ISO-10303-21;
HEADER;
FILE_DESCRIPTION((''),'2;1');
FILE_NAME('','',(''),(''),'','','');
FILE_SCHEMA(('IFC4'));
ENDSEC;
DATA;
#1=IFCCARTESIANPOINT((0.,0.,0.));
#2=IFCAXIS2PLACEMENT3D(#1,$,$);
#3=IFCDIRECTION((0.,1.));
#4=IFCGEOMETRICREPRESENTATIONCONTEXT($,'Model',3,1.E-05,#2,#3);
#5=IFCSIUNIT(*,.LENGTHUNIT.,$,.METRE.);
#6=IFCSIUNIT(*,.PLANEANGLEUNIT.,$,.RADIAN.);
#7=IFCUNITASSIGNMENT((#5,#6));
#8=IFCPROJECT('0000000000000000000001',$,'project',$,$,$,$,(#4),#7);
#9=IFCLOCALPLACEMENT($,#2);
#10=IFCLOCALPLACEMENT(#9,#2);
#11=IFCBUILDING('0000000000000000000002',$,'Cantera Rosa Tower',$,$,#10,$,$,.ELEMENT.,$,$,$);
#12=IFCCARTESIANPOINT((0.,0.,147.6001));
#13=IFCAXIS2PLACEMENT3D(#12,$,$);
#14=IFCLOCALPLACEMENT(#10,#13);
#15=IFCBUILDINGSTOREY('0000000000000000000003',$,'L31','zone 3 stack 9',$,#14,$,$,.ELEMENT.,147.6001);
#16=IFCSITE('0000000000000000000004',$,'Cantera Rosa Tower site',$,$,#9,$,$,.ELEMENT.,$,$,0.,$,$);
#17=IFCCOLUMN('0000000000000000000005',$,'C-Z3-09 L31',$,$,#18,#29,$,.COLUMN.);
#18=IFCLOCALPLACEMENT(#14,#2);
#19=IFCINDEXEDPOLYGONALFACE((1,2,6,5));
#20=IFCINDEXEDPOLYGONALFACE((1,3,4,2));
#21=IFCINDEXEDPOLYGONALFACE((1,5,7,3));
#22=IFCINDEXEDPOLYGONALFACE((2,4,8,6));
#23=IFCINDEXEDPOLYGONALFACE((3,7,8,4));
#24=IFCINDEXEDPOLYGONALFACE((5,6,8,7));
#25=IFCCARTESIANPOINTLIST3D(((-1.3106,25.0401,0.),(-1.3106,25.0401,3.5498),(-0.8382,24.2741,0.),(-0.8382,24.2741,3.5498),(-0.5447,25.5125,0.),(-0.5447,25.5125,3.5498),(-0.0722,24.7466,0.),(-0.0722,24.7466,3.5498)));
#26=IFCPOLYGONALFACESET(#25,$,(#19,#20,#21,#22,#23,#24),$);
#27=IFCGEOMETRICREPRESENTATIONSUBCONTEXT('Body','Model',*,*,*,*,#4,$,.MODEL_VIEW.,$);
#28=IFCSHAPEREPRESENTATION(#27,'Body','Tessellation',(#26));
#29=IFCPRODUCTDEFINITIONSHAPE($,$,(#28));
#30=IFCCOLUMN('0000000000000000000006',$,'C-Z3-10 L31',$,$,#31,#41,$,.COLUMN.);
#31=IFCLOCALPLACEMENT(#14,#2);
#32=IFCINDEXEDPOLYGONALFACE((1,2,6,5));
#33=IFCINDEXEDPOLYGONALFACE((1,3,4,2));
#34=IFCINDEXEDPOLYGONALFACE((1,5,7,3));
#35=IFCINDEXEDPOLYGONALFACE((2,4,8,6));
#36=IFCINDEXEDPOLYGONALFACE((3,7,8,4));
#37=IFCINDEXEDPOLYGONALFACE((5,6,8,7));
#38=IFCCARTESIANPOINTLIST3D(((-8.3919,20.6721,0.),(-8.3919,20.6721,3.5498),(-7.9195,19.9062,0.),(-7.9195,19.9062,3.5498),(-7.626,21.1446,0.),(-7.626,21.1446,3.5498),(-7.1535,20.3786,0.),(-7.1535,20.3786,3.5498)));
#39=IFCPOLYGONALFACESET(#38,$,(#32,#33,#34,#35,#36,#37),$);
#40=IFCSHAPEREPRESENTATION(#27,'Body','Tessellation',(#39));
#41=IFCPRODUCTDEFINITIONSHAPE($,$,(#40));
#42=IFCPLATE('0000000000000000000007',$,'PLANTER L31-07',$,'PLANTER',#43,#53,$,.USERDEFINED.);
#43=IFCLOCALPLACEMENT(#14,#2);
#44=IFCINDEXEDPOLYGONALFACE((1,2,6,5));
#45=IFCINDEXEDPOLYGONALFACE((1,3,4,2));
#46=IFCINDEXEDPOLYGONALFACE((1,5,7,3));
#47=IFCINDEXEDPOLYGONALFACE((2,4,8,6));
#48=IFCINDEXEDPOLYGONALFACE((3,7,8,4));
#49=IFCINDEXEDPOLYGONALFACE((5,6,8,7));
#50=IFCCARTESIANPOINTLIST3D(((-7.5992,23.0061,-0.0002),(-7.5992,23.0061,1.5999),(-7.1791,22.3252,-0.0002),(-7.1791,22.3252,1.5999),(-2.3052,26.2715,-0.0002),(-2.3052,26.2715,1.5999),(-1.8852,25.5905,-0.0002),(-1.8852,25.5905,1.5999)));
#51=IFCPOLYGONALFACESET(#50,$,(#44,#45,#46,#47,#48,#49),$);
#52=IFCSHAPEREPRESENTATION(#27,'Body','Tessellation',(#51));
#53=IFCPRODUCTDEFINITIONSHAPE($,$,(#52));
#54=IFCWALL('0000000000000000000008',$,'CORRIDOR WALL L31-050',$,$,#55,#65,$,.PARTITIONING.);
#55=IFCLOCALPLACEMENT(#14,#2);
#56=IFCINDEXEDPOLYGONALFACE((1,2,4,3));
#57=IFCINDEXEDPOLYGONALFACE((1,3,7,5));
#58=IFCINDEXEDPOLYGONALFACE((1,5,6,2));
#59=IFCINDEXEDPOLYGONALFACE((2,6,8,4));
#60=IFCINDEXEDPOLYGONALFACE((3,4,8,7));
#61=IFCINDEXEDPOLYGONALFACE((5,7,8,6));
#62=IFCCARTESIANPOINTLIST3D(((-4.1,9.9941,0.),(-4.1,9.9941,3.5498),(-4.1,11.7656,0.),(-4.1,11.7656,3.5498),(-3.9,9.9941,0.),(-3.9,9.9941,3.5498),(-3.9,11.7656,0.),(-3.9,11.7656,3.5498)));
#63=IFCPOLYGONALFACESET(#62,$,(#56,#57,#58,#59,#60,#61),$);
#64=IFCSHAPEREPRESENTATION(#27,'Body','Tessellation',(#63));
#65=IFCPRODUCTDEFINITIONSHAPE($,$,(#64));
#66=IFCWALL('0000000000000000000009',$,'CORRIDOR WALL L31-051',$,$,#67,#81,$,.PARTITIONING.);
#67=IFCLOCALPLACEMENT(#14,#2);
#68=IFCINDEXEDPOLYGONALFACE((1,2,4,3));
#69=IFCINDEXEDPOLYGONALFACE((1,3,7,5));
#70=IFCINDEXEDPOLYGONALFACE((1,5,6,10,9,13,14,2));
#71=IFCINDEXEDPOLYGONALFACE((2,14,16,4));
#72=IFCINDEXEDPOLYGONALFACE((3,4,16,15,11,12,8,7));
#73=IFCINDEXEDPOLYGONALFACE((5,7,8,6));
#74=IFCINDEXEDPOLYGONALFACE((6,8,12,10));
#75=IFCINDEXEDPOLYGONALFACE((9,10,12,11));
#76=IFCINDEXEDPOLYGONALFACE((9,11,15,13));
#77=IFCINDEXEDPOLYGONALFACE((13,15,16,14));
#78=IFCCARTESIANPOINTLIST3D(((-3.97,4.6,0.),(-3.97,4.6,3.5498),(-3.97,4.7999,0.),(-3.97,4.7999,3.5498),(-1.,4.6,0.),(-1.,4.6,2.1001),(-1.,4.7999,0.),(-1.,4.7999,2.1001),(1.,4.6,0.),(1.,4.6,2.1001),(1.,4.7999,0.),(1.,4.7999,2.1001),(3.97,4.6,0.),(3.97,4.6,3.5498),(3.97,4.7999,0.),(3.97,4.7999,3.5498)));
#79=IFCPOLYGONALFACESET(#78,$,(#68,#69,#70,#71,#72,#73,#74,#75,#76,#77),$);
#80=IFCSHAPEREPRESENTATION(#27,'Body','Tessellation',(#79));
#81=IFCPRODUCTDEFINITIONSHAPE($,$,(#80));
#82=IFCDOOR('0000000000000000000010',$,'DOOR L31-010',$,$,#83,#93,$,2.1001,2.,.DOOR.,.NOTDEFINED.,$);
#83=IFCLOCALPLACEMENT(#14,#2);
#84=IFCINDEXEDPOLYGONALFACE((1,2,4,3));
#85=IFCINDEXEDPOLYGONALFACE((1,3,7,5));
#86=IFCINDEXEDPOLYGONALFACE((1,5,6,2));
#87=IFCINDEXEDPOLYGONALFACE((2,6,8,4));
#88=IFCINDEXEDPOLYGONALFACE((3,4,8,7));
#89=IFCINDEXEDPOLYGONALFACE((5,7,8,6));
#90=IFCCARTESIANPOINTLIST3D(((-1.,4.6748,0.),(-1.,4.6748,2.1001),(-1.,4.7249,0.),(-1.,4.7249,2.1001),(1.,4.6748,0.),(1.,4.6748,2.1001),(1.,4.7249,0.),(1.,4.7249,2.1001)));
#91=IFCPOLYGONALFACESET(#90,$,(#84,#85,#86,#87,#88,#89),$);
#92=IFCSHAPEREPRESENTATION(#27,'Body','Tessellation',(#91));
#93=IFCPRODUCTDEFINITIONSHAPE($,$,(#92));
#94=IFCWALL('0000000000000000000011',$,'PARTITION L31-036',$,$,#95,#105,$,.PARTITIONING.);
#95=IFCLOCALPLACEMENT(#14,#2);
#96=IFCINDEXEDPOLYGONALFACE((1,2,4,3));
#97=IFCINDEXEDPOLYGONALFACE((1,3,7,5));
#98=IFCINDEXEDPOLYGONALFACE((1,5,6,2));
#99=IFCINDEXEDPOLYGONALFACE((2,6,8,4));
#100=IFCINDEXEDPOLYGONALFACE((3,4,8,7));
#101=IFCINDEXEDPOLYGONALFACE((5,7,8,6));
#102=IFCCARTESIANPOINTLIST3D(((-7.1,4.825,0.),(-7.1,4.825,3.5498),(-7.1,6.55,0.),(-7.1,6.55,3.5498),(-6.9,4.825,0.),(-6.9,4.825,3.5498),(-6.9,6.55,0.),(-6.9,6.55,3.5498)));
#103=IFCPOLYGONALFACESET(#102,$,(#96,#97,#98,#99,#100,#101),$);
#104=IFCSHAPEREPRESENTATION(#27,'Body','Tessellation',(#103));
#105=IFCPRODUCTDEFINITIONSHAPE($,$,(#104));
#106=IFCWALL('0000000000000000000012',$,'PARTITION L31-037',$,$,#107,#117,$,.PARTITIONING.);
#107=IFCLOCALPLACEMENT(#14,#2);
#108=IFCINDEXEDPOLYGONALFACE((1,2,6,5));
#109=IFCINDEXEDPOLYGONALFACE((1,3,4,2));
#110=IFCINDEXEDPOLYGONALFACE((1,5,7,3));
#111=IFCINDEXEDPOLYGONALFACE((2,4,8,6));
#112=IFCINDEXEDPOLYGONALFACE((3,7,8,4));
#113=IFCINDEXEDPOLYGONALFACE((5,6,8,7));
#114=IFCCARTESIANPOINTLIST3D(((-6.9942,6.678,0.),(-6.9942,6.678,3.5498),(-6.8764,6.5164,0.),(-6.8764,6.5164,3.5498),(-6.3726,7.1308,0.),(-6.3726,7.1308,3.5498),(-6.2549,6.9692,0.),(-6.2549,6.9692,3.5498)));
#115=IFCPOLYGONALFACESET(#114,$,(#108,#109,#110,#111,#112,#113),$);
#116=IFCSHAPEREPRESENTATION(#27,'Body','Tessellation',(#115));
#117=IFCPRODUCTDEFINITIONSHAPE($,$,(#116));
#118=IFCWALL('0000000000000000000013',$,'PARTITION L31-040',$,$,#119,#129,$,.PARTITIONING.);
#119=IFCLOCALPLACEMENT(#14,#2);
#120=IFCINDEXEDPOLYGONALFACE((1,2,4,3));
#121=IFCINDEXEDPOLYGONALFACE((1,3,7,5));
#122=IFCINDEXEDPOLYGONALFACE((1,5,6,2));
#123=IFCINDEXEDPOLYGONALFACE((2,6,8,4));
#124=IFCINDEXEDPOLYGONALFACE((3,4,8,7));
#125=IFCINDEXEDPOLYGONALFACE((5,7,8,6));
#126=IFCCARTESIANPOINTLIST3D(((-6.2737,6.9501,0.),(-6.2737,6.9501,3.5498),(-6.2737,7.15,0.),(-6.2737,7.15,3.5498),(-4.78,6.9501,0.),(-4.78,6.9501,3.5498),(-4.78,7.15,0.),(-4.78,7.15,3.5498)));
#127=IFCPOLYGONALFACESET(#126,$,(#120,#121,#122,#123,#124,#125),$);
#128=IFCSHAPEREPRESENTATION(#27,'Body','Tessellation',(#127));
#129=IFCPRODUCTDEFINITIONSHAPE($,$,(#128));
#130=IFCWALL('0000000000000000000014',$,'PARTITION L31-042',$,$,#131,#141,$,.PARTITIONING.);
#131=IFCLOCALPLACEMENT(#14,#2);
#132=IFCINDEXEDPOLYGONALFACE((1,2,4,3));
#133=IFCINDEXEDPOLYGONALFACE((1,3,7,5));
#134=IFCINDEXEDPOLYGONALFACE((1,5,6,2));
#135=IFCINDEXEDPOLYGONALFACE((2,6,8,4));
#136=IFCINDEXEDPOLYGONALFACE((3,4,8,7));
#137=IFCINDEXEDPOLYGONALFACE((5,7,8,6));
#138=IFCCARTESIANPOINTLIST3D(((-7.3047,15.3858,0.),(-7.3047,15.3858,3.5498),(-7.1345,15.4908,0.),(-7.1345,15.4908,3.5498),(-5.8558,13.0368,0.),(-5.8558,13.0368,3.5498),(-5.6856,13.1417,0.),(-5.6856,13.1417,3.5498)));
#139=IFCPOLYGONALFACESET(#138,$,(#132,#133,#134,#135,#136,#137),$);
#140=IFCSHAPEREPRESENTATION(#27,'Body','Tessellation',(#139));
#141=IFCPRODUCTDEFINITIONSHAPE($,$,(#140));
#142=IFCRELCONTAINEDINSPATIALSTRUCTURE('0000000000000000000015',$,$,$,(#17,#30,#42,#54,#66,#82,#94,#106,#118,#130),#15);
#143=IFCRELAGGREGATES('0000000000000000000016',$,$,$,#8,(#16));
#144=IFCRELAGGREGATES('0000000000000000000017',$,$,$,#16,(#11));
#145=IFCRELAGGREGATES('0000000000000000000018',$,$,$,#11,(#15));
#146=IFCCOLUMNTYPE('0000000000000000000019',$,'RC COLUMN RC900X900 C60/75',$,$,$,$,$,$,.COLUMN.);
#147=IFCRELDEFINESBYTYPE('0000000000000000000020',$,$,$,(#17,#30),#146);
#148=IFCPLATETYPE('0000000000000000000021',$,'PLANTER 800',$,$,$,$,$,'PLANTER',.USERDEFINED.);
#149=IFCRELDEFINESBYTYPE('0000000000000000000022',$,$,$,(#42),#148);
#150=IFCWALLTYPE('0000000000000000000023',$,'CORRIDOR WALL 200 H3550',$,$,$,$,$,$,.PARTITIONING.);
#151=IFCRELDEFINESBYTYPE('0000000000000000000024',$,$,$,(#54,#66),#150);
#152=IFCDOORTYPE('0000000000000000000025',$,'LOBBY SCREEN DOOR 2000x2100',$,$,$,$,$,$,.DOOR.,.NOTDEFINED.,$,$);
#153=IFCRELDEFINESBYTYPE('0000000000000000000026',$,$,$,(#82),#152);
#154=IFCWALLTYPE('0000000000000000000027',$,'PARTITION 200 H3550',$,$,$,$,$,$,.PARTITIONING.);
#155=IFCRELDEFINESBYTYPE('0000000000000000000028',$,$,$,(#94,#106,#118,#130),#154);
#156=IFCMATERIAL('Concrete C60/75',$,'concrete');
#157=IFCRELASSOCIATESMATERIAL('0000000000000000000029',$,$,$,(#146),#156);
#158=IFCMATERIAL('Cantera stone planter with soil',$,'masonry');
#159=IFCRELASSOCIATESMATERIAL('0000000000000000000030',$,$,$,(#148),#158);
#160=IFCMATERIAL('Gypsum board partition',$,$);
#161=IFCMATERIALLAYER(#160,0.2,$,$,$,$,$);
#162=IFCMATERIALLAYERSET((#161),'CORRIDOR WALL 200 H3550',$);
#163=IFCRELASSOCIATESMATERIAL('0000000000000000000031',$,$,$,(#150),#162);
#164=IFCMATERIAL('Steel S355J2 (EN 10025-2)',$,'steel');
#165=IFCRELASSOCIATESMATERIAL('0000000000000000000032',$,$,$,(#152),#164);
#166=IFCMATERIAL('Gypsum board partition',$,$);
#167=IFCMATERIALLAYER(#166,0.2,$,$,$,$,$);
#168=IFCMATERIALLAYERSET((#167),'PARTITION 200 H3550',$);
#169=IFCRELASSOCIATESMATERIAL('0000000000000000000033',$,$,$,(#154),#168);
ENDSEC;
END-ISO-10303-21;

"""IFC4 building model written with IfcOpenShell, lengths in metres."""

from ifc_helpers import new_model, si_unit, direction, frame, frame_2d, origin, origin_2d, place, context, subcontext, project, spatial, rectangle, extrude, material, layer, layer_set, material_profile, profile_set, type_object, element, fill, save


model = new_model("IFC4")

# Units and contexts
model_context = context("Model", 3, precision=1e-05, world=origin(), true_north=direction((0.0, 1.0)))
body_context = subcontext(model_context, "Body", "Model", "MODEL_VIEW")
ifc_project = project(units=[si_unit("LENGTHUNIT", "METRE"), si_unit("PLANEANGLEUNIT", "RADIAN")], contexts=[model_context])

# Site, building, storey
site_placement = place(None, origin())
site = spatial("IfcSite", under=ifc_project, at=site_placement, Name="Cantera Rosa Tower site", CompositionType="ELEMENT", RefElevation=0.0)
building_placement = place(site_placement, origin())
building = spatial("IfcBuilding", under=site, at=building_placement, Name="Cantera Rosa Tower", CompositionType="ELEMENT")
storey_placement = place(building_placement, frame((0.0, 0.0, 147.6001)))
storey = spatial("IfcBuildingStorey", under=building, at=storey_placement, Name="L31", Description="zone 3 stack 9", CompositionType="ELEMENT", Elevation=147.6001)

# Columns
ifc_material_1 = material(Name="Concrete C60/75", Category="concrete")
ifc_material_profile = material_profile(ifc_material_1, rectangle(XDim=0.8999, YDim=0.8999, at=origin_2d()), Name="RC COLUMN RC900X900 C60/75")
ifc_profile_set = profile_set([ifc_material_profile], Name="Concrete C60/75")
column_type = type_object("IfcColumnType", Name="RC COLUMN RC900X900 C60/75", PredefinedType="COLUMN", material=ifc_profile_set)
for number, where, z_axis, x_axis, name in (
    (1, (-0.6914, 24.8933, 0.0), (0.0, 0.0, 1.0), (0.851117, 0.524977, 0.0), "C-Z3-09 L31"),
    (2, (-7.7727, 20.5254, 0.0), (0.0, 0.0, 1.0), (0.851117, 0.524977, 0.0), "C-Z3-10 L31"),
):
    element("IfcColumn", number, at=place(storey_placement, frame(where, z_axis=z_axis, x_axis=x_axis)), inside=storey, type_object=column_type, Name=name, PredefinedType="COLUMN", context=body_context, shape_type="SweptSolid", body=[
        extrude(rectangle(XDim=0.8999, YDim=0.8999, at=origin_2d()), origin(), (0.0, 0.0, 1.0), 3.5498),
    ])

# Plate
ifc_material_2 = material(Name="Cantera stone planter with soil", Category="masonry")
plate_type = type_object("IfcPlateType", Name="PLANTER 800", ElementType="PLANTER", PredefinedType="USERDEFINED", material=ifc_material_2)
plate_placement = place(storey_placement, frame((-4.7422, 24.2983, -0.0002), z_axis=(0.0, 0.0, 1.0), x_axis=(-0.851117, -0.524977, 0.0)))
element("IfcPlate", 3, at=plate_placement, inside=storey, type_object=plate_type, Name="PLANTER L31-07", ObjectType="PLANTER", PredefinedType="USERDEFINED", context=body_context, shape_type="SweptSolid", body=[
    extrude(rectangle(XDim=6.22, YDim=0.8, at=origin_2d()), origin(), (0.0, 0.0, 1.0), 1.6001),
])

# Wall
ifc_material_3 = material(Name="Gypsum board partition")
ifc_layer_1 = layer(ifc_material_3, 0.2)
ifc_layer_set_1 = layer_set([ifc_layer_1], Name="CORRIDOR WALL 200 H3550")
wall_type_1 = type_object("IfcWallType", Name="CORRIDOR WALL 200 H3550", PredefinedType="PARTITIONING", material=ifc_layer_set_1)
wall_1_placement = place(storey_placement, frame((-4.0, 11.7656, 0.0), z_axis=(0.0, 0.0, 1.0), x_axis=(0.0, -1.0, 0.0)))
element("IfcWall", 4, at=wall_1_placement, inside=storey, type_object=wall_type_1, Name="CORRIDOR WALL L31-050", PredefinedType="PARTITIONING", context=body_context, shape_type="SweptSolid", body=[
    extrude(rectangle(XDim=1.7715, YDim=0.2, at=frame_2d((0.8857, 0.0))), origin(), (0.0, 0.0, 1.0), 3.5498),
])

# Wall, opening, door
wall_2_placement = place(storey_placement, frame((-3.97, 4.7, 0.0), z_axis=(0.0, 0.0, 1.0), x_axis=(1.0, 0.0, 0.0)))
wall_2 = element("IfcWall", 5, at=wall_2_placement, inside=storey, type_object=wall_type_1, Name="CORRIDOR WALL L31-051", PredefinedType="PARTITIONING", context=body_context, shape_type="SweptSolid", body=[
    extrude(rectangle(XDim=7.9399, YDim=0.2, at=frame_2d((3.97, 0.0))), origin(), (0.0, 0.0, 1.0), 3.5498),
])
opening_1_placement = place(wall_2_placement, frame((2.97, 0.0, 0.0)))
opening_1 = element("IfcOpeningElement", 6, at=opening_1_placement, cuts=wall_2, PredefinedType="OPENING", context=body_context, shape_type="SweptSolid", body=[
    extrude(rectangle(XDim=2.0, YDim=2.1001, at=frame_2d((1.0, 1.05))), frame((0.0, 0.1099, 0.0), z_axis=(0.0, -1.0, 0.0), x_axis=(1.0, 0.0, 0.0)), (0.0, 0.0, 1.0), 0.22),
])
ifc_material_4 = material(Name="Steel S355J2 (EN 10025-2)", Category="steel")
door_type_1 = type_object("IfcDoorType", Name="LOBBY SCREEN DOOR 2000x2100", OperationType="NOTDEFINED", PredefinedType="DOOR", material=ifc_material_4)
door_1_placement = place(opening_1_placement, origin())
door_1 = element("IfcDoor", 7, at=door_1_placement, inside=storey, type_object=door_type_1, Name="DOOR L31-010", OperationType="NOTDEFINED", OverallHeight=2.1001, OverallWidth=2.0, PredefinedType="DOOR", context=body_context, shape_type="SweptSolid", body=[
    extrude(rectangle(XDim=2.0, YDim=2.1001, at=frame_2d((1.0, 1.05))), frame((0.0, 0.0249, 0.0), z_axis=(0.0, -1.0, 0.0), x_axis=(1.0, 0.0, 0.0)), (0.0, 0.0, 1.0), 0.05),
])
fill(opening_1, door_1)

# Walls
ifc_material_5 = material(Name="Gypsum board partition")
ifc_layer_2 = layer(ifc_material_5, 0.2)
ifc_layer_set_2 = layer_set([ifc_layer_2], Name="PARTITION 200 H3550")
wall_type_2 = type_object("IfcWallType", Name="PARTITION 200 H3550", PredefinedType="PARTITIONING", material=ifc_layer_set_2)
wall_3_placement = place(storey_placement, frame((-7.0, 4.825, 0.0), z_axis=(0.0, 0.0, 1.0), x_axis=(0.0, 1.0, 0.0)))
element("IfcWall", 8, at=wall_3_placement, inside=storey, type_object=wall_type_2, Name="PARTITION L31-036", PredefinedType="PARTITIONING", context=body_context, shape_type="SweptSolid", body=[
    extrude(rectangle(XDim=1.7251, YDim=0.2, at=frame_2d((0.8625, 0.0))), origin(), (0.0, 0.0, 1.0), 3.5498),
])
wall_4_placement = place(storey_placement, frame((-6.9353, 6.5972, 0.0), z_axis=(0.0, 0.0, 1.0), x_axis=(0.808228, 0.58887, 0.0)))
element("IfcWall", 9, at=wall_4_placement, inside=storey, type_object=wall_type_2, Name="PARTITION L31-037", PredefinedType="PARTITIONING", context=body_context, shape_type="SweptSolid", body=[
    extrude(rectangle(XDim=0.769, YDim=0.2, at=frame_2d((0.3845, 0.0))), origin(), (0.0, 0.0, 1.0), 3.5498),
])
wall_5_placement = place(storey_placement, frame((-6.2737, 7.05, 0.0), z_axis=(0.0, 0.0, 1.0), x_axis=(1.0, 0.0, 0.0)))
element("IfcWall", 10, at=wall_5_placement, inside=storey, type_object=wall_type_2, Name="PARTITION L31-040", PredefinedType="PARTITIONING", context=body_context, shape_type="SweptSolid", body=[
    extrude(rectangle(XDim=1.4937, YDim=0.2, at=frame_2d((0.7468, 0.0))), origin(), (0.0, 0.0, 1.0), 3.5498),
])
wall_6_placement = place(storey_placement, frame((-5.7708, 13.0894, 0.0), z_axis=(0.0, 0.0, 1.0), x_axis=(-0.524981, 0.851114, 0.0)))
element("IfcWall", 11, at=wall_6_placement, inside=storey, type_object=wall_type_2, Name="PARTITION L31-042", PredefinedType="PARTITIONING", context=body_context, shape_type="SweptSolid", body=[
    extrude(rectangle(XDim=2.76, YDim=0.2, at=frame_2d((1.3799, 0.0))), origin(), (0.0, 0.0, 1.0), 3.5498),
])

save(model, "model.ifc")
